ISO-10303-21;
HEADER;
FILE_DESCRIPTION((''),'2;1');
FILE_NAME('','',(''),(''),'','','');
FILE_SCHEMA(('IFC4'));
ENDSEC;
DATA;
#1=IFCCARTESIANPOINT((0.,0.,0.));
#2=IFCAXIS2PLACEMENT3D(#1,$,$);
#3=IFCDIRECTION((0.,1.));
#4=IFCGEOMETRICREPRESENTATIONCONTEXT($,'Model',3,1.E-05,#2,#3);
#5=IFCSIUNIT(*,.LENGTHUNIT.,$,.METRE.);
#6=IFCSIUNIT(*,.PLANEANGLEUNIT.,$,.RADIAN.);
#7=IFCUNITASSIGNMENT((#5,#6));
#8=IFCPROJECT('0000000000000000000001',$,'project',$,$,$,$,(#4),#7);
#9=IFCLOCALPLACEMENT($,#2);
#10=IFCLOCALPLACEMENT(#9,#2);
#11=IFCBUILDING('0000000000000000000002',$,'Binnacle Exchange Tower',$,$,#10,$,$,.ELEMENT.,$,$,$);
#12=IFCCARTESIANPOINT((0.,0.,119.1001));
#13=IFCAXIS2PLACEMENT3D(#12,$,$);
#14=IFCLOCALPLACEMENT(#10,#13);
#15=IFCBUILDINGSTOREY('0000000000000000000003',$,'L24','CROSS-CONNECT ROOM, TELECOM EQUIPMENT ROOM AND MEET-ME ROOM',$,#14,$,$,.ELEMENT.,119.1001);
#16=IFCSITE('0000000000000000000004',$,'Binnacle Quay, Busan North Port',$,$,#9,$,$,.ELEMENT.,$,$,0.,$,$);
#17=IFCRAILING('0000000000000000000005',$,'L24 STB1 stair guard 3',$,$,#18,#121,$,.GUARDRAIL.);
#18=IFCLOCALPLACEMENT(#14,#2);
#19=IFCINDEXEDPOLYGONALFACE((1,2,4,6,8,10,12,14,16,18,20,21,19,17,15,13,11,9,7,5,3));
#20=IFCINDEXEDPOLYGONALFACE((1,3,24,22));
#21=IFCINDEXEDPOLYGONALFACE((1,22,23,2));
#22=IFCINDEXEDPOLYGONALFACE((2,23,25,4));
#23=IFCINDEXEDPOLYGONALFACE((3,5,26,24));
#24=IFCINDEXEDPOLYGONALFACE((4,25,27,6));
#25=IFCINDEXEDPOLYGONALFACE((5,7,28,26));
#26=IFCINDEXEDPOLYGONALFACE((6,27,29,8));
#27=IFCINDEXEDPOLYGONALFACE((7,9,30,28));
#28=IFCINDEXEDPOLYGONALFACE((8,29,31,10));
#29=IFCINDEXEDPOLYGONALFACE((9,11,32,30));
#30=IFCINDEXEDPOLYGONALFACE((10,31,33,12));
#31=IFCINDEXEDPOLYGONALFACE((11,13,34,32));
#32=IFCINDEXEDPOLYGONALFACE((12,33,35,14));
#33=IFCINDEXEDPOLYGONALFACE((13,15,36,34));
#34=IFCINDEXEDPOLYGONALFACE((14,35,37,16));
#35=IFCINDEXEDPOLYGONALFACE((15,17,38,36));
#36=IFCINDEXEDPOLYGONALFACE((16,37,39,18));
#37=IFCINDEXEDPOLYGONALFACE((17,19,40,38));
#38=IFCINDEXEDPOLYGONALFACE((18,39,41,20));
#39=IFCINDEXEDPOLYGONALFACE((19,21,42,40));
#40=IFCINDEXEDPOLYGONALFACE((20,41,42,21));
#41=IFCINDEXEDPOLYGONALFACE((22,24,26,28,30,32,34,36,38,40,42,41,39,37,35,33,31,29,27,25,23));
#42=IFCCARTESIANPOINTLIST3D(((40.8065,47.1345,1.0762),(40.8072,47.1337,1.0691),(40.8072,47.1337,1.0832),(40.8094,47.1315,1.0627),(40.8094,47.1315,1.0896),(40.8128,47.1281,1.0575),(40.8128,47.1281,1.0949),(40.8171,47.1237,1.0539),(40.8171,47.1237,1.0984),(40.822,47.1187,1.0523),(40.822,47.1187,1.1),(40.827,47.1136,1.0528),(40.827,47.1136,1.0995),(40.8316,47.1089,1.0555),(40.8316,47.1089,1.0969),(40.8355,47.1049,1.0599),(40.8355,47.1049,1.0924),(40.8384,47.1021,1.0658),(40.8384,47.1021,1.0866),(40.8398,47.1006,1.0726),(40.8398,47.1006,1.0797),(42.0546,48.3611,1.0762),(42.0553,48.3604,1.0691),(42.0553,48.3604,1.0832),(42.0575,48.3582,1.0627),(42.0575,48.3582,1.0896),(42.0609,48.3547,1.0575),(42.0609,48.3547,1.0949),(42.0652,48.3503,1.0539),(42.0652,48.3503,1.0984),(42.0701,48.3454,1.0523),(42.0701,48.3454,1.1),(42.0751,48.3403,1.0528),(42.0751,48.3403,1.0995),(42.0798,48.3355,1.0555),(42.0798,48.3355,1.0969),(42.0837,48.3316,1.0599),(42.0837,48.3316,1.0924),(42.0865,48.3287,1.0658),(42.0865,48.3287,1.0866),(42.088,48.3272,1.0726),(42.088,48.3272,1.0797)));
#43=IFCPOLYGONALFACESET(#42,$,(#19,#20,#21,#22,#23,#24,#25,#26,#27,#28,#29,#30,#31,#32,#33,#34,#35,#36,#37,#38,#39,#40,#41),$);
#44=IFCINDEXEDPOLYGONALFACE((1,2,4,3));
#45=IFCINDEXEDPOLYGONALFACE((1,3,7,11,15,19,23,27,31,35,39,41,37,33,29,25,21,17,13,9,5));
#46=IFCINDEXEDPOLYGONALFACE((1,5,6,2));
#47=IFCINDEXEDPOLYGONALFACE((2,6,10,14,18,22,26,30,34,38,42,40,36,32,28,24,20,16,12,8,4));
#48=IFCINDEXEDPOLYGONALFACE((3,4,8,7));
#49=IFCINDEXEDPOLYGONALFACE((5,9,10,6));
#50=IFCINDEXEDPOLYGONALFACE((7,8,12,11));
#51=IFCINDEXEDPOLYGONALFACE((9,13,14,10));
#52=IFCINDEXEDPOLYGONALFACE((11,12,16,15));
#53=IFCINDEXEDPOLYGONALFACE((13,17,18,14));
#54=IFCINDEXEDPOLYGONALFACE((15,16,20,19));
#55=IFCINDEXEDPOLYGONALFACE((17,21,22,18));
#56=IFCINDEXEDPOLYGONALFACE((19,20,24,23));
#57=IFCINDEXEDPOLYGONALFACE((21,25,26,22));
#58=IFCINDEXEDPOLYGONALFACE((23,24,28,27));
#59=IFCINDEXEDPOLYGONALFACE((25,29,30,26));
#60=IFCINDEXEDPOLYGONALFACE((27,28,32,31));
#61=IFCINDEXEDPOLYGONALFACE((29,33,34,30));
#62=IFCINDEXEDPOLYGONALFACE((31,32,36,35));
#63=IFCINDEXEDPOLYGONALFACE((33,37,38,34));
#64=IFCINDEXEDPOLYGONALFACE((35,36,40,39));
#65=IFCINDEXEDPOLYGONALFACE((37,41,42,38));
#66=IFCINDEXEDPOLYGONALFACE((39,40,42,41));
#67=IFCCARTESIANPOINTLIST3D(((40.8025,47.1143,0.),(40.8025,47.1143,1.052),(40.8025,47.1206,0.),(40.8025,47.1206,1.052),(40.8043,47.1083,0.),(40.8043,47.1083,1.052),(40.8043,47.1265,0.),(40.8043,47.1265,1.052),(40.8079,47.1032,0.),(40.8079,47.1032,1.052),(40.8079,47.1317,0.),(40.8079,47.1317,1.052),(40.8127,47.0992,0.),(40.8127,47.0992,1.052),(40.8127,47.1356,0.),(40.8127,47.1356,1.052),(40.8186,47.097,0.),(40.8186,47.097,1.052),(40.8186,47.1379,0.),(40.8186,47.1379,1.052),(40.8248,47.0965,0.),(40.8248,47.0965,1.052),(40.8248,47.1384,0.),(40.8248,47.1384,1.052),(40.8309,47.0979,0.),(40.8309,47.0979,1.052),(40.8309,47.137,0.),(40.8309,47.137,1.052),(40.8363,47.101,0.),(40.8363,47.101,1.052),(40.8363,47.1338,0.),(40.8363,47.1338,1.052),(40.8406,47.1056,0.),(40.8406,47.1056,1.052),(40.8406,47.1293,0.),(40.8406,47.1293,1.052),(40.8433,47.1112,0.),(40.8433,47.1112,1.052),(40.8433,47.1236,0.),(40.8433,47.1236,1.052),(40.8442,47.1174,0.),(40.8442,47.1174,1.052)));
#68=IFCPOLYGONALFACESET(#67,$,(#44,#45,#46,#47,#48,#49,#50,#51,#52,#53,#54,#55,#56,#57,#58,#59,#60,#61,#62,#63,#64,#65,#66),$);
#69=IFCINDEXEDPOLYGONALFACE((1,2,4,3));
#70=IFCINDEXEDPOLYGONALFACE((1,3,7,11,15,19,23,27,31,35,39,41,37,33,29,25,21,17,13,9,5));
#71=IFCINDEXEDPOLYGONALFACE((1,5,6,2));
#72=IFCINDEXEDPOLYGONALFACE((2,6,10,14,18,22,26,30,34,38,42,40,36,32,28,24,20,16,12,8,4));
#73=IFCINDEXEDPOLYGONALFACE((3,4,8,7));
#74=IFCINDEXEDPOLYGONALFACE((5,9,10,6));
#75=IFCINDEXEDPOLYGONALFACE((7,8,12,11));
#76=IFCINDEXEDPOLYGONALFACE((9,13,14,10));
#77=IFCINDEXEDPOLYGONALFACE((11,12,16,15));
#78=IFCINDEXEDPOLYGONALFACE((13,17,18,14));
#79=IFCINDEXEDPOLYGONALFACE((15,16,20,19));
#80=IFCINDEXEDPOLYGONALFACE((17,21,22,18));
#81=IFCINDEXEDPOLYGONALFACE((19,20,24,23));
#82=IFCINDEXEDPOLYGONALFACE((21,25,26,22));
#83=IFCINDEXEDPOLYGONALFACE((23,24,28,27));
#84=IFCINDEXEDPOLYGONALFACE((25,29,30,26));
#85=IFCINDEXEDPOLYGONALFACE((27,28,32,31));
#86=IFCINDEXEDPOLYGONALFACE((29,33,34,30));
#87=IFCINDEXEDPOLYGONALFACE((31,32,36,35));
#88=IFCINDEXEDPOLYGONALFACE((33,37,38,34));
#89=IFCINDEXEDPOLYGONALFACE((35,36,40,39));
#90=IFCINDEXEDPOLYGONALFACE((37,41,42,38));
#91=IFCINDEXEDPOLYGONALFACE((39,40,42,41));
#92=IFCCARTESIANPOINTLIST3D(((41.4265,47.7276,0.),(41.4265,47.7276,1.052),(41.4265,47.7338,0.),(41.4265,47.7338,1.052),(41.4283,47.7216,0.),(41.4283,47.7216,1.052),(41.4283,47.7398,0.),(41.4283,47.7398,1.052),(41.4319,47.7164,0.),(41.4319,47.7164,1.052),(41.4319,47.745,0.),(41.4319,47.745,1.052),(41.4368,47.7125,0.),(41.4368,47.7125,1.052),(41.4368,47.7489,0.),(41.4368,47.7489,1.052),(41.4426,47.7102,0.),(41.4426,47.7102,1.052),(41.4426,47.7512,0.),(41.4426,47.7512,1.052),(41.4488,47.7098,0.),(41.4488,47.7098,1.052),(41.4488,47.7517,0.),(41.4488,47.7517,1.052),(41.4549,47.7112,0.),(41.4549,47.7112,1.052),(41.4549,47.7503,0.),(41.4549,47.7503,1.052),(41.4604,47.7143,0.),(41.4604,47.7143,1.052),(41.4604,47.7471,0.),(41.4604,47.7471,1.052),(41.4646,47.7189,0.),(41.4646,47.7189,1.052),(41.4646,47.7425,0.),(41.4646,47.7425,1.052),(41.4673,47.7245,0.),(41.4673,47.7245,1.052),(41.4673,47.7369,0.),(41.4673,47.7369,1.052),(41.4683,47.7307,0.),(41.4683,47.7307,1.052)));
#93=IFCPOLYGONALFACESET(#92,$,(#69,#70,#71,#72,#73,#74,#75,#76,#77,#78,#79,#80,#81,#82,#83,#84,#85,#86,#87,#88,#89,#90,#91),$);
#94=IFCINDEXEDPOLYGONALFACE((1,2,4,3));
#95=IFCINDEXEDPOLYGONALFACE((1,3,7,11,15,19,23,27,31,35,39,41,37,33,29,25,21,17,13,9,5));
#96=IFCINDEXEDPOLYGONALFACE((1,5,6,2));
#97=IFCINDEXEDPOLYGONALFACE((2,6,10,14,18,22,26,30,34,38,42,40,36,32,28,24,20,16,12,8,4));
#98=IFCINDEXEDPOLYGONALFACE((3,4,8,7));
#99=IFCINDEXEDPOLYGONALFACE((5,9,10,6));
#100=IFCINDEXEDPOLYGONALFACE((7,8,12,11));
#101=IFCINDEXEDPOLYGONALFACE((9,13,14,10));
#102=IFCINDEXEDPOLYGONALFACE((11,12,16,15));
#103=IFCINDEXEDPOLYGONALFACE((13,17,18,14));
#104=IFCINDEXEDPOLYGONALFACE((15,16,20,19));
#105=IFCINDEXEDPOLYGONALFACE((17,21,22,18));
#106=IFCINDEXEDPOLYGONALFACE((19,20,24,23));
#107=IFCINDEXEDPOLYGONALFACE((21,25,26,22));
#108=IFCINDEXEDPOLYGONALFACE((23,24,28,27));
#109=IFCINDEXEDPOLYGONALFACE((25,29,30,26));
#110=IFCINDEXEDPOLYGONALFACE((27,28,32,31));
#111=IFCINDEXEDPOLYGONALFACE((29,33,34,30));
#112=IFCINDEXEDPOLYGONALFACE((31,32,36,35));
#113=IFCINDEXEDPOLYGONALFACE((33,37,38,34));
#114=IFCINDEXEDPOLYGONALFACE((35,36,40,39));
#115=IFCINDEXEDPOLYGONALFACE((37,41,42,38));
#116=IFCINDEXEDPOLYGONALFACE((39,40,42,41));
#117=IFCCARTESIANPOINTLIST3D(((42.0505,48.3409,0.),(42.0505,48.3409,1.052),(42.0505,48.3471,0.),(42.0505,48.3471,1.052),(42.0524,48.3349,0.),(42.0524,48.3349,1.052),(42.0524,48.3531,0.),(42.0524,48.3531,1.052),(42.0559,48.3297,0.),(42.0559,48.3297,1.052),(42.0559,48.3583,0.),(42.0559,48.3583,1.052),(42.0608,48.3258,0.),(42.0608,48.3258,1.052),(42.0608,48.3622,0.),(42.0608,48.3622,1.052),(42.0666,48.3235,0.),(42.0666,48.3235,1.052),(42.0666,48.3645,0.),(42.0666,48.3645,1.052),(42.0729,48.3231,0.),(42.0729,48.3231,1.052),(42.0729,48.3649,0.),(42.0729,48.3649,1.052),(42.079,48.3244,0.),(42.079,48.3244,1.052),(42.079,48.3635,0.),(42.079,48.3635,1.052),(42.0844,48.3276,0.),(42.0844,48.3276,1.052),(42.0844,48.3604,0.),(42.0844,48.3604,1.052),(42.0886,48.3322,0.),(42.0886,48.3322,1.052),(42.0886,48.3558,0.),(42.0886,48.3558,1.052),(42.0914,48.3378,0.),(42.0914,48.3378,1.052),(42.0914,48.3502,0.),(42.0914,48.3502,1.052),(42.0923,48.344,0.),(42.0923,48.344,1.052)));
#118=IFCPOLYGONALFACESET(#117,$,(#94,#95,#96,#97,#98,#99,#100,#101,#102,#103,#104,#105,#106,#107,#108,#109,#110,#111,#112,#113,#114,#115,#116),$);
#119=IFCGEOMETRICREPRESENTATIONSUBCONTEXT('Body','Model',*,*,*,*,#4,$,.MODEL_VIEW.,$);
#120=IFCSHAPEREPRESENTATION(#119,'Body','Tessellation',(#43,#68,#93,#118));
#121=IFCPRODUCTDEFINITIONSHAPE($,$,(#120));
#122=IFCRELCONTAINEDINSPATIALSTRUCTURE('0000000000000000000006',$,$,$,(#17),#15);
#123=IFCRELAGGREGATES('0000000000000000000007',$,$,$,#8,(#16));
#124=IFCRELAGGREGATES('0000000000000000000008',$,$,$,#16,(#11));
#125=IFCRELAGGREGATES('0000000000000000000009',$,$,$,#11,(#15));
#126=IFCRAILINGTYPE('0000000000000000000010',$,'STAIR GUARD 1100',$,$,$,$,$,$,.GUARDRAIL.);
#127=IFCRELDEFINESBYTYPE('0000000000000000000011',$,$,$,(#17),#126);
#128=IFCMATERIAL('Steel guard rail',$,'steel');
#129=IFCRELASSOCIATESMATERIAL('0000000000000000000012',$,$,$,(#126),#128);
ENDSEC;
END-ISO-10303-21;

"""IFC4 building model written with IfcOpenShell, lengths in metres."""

from ifc_helpers import new_model, si_unit, direction, frame, origin, origin_2d, place, context, subcontext, project, spatial, circle, extrude, material, type_object, element, save


model = new_model("IFC4")

# Units and contexts
model_context = context("Model", 3, precision=1e-05, world=origin(), true_north=direction((0.0, 1.0)))
body_context = subcontext(model_context, "Body", "Model", "MODEL_VIEW")
ifc_project = project(units=[si_unit("LENGTHUNIT", "METRE"), si_unit("PLANEANGLEUNIT", "RADIAN")], contexts=[model_context])

# Site, building, storey
site_placement = place(None, origin())
site = spatial("IfcSite", under=ifc_project, at=site_placement, Name="Binnacle Quay, Busan North Port", CompositionType="ELEMENT", RefElevation=0.0)
building_placement = place(site_placement, origin())
building = spatial("IfcBuilding", under=site, at=building_placement, Name="Binnacle Exchange Tower", CompositionType="ELEMENT")
storey_placement = place(building_placement, frame((0.0, 0.0, 119.1001)))
storey = spatial("IfcBuildingStorey", under=building, at=storey_placement, Name="L24", Description="CROSS-CONNECT ROOM, TELECOM EQUIPMENT ROOM AND MEET-ME ROOM", CompositionType="ELEMENT", Elevation=119.1001)

# Railing
ifc_material_1 = material(Name="Steel guard rail", Category="steel")
railing_type_1 = type_object("IfcRailingType", Name="STAIR GUARD 1100", PredefinedType="GUARDRAIL", material=ifc_material_1)
railing_1_placement = place(storey_placement, frame((40.8232, 47.1174, 0.0)))
element("IfcRailing", 1, at=railing_1_placement, inside=storey, type_object=railing_type_1, Name="L24 STB1 stair guard 3", PredefinedType="GUARDRAIL", context=body_context, shape_type="SweptSolid", body=[
    extrude(circle(Radius=0.0239, at=origin_2d()), frame((0.0, 0.0, 1.0762), z_axis=(0.713219, 0.700941, 0.0), x_axis=(-0.700941, 0.713219, 0.0)), (0.0, 0.0, 1.0), 1.75),
    extrude(circle(Radius=0.021, at=origin_2d()), origin(), (0.0, 0.0, 1.0), 1.052),
    extrude(circle(Radius=0.021, at=origin_2d()), frame((0.624, 0.6133, 0.0)), (0.0, 0.0, 1.0), 1.052),
    extrude(circle(Radius=0.021, at=origin_2d()), frame((1.248, 1.2266, 0.0)), (0.0, 0.0, 1.0), 1.052),
])

save(model, "model.ifc")
